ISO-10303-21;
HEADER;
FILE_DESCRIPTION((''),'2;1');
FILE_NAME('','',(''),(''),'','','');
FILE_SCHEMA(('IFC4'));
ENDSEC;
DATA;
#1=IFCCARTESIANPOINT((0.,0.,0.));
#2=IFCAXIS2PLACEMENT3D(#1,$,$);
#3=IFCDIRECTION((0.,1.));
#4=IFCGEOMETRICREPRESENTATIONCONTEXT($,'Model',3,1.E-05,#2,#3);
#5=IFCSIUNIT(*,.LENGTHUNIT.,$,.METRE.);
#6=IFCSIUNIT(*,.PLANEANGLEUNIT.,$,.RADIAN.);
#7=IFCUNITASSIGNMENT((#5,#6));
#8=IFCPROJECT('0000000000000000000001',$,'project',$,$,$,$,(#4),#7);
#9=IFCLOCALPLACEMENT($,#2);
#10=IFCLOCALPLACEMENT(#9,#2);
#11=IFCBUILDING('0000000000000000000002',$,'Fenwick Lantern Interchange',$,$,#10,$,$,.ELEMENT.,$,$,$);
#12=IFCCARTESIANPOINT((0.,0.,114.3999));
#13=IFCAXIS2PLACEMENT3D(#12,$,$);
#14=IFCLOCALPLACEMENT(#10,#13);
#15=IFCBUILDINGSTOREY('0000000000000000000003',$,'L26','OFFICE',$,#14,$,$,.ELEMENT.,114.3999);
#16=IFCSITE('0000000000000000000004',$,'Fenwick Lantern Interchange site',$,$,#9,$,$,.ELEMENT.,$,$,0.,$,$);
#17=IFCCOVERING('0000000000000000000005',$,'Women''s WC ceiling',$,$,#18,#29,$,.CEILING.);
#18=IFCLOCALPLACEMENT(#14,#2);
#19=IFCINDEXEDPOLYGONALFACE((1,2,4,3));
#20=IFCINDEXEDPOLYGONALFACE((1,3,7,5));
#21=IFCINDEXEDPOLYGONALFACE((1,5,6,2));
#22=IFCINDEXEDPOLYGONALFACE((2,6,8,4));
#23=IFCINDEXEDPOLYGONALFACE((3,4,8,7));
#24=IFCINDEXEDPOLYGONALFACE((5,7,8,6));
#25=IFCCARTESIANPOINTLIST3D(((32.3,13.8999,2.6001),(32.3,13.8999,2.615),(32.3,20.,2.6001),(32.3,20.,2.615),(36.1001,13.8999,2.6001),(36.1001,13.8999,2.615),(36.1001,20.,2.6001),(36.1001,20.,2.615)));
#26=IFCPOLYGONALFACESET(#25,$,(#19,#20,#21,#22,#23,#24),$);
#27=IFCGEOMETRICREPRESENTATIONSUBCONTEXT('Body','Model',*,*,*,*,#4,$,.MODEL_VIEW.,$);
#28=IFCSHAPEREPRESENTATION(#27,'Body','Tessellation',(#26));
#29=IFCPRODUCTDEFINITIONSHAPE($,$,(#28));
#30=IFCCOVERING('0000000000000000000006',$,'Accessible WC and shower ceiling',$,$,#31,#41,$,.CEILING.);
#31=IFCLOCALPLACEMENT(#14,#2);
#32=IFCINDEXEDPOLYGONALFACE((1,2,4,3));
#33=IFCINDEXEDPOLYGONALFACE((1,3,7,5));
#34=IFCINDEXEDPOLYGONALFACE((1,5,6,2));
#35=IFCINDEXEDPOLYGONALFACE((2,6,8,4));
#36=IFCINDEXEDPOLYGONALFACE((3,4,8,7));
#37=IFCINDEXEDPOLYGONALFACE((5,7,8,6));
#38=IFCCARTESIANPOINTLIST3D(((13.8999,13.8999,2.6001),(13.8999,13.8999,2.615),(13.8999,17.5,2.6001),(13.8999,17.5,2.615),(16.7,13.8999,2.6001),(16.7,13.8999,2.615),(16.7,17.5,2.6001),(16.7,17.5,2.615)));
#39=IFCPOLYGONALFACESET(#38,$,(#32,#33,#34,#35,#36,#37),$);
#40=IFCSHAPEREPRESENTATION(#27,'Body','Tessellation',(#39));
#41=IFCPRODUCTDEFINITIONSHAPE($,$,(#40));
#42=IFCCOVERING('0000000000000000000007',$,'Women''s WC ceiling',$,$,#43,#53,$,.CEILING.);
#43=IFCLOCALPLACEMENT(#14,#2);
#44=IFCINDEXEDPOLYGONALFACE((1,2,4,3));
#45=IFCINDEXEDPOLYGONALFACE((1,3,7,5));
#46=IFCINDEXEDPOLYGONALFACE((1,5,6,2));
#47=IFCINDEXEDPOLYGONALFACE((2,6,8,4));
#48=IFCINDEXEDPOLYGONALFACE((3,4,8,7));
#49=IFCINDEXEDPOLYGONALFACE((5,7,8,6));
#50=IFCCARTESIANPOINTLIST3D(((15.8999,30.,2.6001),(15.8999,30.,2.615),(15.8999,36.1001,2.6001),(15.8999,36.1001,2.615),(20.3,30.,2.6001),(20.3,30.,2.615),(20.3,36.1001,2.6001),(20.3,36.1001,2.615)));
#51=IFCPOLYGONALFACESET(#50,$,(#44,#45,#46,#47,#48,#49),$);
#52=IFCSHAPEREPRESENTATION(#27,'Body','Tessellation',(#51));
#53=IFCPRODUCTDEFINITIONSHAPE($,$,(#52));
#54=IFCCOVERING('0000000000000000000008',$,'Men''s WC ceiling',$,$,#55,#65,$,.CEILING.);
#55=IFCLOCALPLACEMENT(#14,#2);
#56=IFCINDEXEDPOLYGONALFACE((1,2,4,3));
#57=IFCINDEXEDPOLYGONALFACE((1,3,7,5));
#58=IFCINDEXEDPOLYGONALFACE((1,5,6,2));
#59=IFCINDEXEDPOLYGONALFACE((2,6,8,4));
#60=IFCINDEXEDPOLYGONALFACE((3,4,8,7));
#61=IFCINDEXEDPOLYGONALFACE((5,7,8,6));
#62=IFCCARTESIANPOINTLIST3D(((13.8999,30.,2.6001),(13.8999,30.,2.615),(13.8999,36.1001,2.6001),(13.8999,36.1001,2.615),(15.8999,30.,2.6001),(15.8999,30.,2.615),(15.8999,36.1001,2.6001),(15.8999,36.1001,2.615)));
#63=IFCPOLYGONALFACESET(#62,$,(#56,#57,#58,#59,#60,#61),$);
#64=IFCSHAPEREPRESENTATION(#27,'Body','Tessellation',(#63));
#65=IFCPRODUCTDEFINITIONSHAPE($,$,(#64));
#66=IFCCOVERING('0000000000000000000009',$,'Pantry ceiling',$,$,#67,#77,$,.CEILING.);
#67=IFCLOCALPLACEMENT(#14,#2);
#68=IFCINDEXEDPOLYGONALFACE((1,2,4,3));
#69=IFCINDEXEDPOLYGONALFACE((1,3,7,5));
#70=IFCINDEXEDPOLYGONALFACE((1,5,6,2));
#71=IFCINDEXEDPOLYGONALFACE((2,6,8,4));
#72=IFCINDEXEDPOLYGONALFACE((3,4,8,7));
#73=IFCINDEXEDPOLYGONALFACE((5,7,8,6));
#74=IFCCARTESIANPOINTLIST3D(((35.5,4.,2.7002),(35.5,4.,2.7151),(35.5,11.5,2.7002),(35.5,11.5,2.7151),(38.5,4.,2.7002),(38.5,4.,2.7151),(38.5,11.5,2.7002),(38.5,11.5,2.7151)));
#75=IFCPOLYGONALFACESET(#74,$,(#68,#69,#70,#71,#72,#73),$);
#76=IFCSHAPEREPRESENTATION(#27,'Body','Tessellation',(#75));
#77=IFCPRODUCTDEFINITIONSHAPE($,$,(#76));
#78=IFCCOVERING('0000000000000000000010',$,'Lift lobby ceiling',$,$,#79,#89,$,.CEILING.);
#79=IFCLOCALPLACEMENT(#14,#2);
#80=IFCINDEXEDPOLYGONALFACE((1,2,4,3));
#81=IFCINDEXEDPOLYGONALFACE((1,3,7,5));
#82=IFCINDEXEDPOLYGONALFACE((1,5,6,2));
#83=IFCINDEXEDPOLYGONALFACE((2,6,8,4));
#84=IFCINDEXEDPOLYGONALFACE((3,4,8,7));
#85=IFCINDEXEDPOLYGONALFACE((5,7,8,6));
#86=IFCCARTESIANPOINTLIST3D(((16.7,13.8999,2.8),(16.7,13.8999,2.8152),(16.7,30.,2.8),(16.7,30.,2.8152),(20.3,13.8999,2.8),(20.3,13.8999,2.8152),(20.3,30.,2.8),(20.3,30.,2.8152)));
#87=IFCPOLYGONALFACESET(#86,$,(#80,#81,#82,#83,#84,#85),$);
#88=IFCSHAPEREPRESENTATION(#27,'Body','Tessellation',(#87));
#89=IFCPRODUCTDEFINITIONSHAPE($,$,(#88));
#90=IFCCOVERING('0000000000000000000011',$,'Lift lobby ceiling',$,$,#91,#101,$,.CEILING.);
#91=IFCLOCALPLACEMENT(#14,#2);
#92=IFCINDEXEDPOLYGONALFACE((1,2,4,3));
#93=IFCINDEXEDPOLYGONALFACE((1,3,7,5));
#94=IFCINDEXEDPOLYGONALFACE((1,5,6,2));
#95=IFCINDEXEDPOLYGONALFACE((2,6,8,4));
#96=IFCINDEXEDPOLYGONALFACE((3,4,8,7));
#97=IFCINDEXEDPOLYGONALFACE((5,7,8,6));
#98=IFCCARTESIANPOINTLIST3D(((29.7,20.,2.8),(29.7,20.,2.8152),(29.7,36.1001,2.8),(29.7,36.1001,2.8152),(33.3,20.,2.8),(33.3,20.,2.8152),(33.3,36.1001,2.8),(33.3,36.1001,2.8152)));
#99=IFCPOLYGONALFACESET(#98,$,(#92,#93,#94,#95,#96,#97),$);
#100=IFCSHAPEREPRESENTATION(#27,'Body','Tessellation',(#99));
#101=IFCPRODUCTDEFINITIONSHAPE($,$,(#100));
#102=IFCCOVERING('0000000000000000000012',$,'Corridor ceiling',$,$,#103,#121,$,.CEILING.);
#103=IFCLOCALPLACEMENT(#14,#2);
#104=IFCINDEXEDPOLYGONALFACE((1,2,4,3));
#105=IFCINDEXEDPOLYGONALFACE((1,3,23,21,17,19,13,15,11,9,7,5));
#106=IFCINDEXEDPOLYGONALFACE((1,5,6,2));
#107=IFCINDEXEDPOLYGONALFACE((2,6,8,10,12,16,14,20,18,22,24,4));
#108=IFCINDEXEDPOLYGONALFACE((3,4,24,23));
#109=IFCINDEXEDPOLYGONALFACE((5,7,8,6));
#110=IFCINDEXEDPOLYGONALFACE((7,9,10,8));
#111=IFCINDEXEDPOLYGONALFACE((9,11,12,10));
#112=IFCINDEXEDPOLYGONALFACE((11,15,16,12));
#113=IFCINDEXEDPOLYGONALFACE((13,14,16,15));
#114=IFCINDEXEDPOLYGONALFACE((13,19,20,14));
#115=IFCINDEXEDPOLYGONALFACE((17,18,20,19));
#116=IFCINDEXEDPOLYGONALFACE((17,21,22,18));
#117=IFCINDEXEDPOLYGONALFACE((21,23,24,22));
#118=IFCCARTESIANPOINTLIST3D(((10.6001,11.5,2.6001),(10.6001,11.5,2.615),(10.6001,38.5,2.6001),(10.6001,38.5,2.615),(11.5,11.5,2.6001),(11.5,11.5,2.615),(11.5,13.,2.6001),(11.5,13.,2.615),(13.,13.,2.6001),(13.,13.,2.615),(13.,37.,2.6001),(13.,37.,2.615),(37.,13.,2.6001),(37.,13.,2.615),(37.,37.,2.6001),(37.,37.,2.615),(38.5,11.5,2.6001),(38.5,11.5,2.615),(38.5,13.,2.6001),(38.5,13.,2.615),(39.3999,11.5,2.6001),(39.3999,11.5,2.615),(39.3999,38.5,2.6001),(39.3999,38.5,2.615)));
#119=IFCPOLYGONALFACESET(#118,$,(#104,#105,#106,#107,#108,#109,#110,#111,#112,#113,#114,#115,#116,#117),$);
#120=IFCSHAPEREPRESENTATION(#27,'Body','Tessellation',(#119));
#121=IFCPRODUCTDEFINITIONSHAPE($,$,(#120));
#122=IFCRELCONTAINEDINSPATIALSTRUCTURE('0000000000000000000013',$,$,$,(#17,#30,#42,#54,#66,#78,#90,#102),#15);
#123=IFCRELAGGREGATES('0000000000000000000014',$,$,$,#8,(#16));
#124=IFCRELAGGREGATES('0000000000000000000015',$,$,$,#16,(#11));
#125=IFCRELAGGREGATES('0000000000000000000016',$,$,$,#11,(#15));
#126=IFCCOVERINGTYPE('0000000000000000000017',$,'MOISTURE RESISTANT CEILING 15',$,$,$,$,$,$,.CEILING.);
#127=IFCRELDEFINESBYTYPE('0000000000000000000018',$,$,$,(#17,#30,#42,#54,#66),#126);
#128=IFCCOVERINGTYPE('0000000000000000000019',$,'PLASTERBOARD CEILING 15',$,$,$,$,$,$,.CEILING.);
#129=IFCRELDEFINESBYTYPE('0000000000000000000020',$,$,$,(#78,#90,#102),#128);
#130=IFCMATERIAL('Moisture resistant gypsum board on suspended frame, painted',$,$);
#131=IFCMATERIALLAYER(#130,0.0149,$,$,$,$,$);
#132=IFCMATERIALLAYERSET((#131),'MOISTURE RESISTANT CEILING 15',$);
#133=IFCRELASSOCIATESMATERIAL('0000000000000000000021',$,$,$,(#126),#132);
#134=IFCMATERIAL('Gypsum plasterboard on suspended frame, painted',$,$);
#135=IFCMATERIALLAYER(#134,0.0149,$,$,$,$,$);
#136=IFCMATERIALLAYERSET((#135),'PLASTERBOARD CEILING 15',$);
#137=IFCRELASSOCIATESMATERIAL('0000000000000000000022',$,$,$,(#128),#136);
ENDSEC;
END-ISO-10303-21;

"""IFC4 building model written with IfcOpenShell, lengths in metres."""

from ifc_helpers import new_model, si_unit, direction, frame, origin, place, context, subcontext, project, spatial, polyline, outline, extrude, material, layer, layer_set, type_object, element, save


model = new_model("IFC4")

# Units and contexts
model_context = context("Model", 3, precision=1e-05, world=origin(), true_north=direction((0.0, 1.0)))
body_context = subcontext(model_context, "Body", "Model", "MODEL_VIEW")
ifc_project = project(units=[si_unit("LENGTHUNIT", "METRE"), si_unit("PLANEANGLEUNIT", "RADIAN")], contexts=[model_context])

# Site, building, storey
site_placement = place(None, origin())
site = spatial("IfcSite", under=ifc_project, at=site_placement, Name="Fenwick Lantern Interchange site", CompositionType="ELEMENT", RefElevation=0.0)
building_placement = place(site_placement, origin())
building = spatial("IfcBuilding", under=site, at=building_placement, Name="Fenwick Lantern Interchange", CompositionType="ELEMENT")
storey_placement = place(building_placement, frame((0.0, 0.0, 114.3999)))
storey = spatial("IfcBuildingStorey", under=building, at=storey_placement, Name="L26", Description="OFFICE", CompositionType="ELEMENT", Elevation=114.3999)

# Coverings
ifc_material_1 = material(Name="Moisture resistant gypsum board on suspended frame, painted")
ifc_layer_1 = layer(ifc_material_1, 0.0149)
ifc_layer_set_1 = layer_set([ifc_layer_1], Name="MOISTURE RESISTANT CEILING 15")
covering_type_1 = type_object("IfcCoveringType", Name="MOISTURE RESISTANT CEILING 15", PredefinedType="CEILING", material=ifc_layer_set_1)
covering_1_placement = place(storey_placement, frame((0.0, 0.0, 2.6001)))
element("IfcCovering", 1, at=covering_1_placement, inside=storey, type_object=covering_type_1, Name="Women's WC ceiling", PredefinedType="CEILING", context=body_context, shape_type="SweptSolid", body=[
    extrude(outline(polyline([(32.3, 13.8999), (36.1001, 13.8999), (36.1001, 20.0), (32.3, 20.0), (32.3, 13.8999)])), origin(), (0.0, 0.0, 1.0), 0.0149),
])
covering_2_placement = place(storey_placement, frame((0.0, 0.0, 2.6001)))
element("IfcCovering", 2, at=covering_2_placement, inside=storey, type_object=covering_type_1, Name="Accessible WC and shower ceiling", PredefinedType="CEILING", context=body_context, shape_type="SweptSolid", body=[
    extrude(outline(polyline([(13.8999, 13.8999), (16.7, 13.8999), (16.7, 17.5), (13.8999, 17.5), (13.8999, 13.8999)])), origin(), (0.0, 0.0, 1.0), 0.0149),
])
covering_3_placement = place(storey_placement, frame((0.0, 0.0, 2.6001)))
element("IfcCovering", 3, at=covering_3_placement, inside=storey, type_object=covering_type_1, Name="Women's WC ceiling", PredefinedType="CEILING", context=body_context, shape_type="SweptSolid", body=[
    extrude(outline(polyline([(20.3, 36.1001), (15.8999, 36.1001), (15.8999, 30.0), (20.3, 30.0), (20.3, 36.1001)])), origin(), (0.0, 0.0, 1.0), 0.0149),
])
covering_4_placement = place(storey_placement, frame((0.0, 0.0, 2.6001)))
element("IfcCovering", 4, at=covering_4_placement, inside=storey, type_object=covering_type_1, Name="Men's WC ceiling", PredefinedType="CEILING", context=body_context, shape_type="SweptSolid", body=[
    extrude(outline(polyline([(15.8999, 36.1001), (13.8999, 36.1001), (13.8999, 30.0), (15.8999, 30.0), (15.8999, 36.1001)])), origin(), (0.0, 0.0, 1.0), 0.0149),
])
covering_5_placement = place(storey_placement, frame((0.0, 0.0, 2.7002)))
element("IfcCovering", 5, at=covering_5_placement, inside=storey, type_object=covering_type_1, Name="Pantry ceiling", PredefinedType="CEILING", context=body_context, shape_type="SweptSolid", body=[
    extrude(outline(polyline([(35.5, 4.0), (38.5, 4.0), (38.5, 11.5), (35.5, 11.5), (35.5, 4.0)])), origin(), (0.0, 0.0, 1.0), 0.0149),
])
ifc_material_2 = material(Name="Gypsum plasterboard on suspended frame, painted")
ifc_layer_2 = layer(ifc_material_2, 0.0149)
ifc_layer_set_2 = layer_set([ifc_layer_2], Name="PLASTERBOARD CEILING 15")
covering_type_2 = type_object("IfcCoveringType", Name="PLASTERBOARD CEILING 15", PredefinedType="CEILING", material=ifc_layer_set_2)
covering_6_placement = place(storey_placement, frame((0.0, 0.0, 2.8)))
element("IfcCovering", 6, at=covering_6_placement, inside=storey, type_object=covering_type_2, Name="Lift lobby ceiling", PredefinedType="CEILING", context=body_context, shape_type="SweptSolid", body=[
    extrude(outline(polyline([(16.7, 13.8999), (20.3, 13.8999), (20.3, 30.0), (16.7, 30.0), (16.7, 13.8999)])), origin(), (0.0, 0.0, 1.0), 0.0151),
])
covering_7_placement = place(storey_placement, frame((0.0, 0.0, 2.8)))
element("IfcCovering", 7, at=covering_7_placement, inside=storey, type_object=covering_type_2, Name="Lift lobby ceiling", PredefinedType="CEILING", context=body_context, shape_type="SweptSolid", body=[
    extrude(outline(polyline([(33.3, 36.1001), (29.7, 36.1001), (29.7, 20.0), (33.3, 20.0), (33.3, 36.1001)])), origin(), (0.0, 0.0, 1.0), 0.0151),
])
covering_8_placement = place(storey_placement, frame((0.0, 0.0, 2.6001)))
element("IfcCovering", 8, at=covering_8_placement, inside=storey, type_object=covering_type_2, Name="Corridor ceiling", PredefinedType="CEILING", context=body_context, shape_type="SweptSolid", body=[
    extrude(outline(polyline([(10.6001, 38.5), (10.6001, 11.5), (11.5, 11.5), (11.5, 13.0), (13.0, 13.0), (13.0, 37.0), (37.0, 37.0), (37.0, 13.0), (38.5, 13.0), (38.5, 11.5), (39.3999, 11.5), (39.3999, 38.5), (10.6001, 38.5)])), origin(), (0.0, 0.0, 1.0), 0.0149),
])

save(model, "model.ifc")
